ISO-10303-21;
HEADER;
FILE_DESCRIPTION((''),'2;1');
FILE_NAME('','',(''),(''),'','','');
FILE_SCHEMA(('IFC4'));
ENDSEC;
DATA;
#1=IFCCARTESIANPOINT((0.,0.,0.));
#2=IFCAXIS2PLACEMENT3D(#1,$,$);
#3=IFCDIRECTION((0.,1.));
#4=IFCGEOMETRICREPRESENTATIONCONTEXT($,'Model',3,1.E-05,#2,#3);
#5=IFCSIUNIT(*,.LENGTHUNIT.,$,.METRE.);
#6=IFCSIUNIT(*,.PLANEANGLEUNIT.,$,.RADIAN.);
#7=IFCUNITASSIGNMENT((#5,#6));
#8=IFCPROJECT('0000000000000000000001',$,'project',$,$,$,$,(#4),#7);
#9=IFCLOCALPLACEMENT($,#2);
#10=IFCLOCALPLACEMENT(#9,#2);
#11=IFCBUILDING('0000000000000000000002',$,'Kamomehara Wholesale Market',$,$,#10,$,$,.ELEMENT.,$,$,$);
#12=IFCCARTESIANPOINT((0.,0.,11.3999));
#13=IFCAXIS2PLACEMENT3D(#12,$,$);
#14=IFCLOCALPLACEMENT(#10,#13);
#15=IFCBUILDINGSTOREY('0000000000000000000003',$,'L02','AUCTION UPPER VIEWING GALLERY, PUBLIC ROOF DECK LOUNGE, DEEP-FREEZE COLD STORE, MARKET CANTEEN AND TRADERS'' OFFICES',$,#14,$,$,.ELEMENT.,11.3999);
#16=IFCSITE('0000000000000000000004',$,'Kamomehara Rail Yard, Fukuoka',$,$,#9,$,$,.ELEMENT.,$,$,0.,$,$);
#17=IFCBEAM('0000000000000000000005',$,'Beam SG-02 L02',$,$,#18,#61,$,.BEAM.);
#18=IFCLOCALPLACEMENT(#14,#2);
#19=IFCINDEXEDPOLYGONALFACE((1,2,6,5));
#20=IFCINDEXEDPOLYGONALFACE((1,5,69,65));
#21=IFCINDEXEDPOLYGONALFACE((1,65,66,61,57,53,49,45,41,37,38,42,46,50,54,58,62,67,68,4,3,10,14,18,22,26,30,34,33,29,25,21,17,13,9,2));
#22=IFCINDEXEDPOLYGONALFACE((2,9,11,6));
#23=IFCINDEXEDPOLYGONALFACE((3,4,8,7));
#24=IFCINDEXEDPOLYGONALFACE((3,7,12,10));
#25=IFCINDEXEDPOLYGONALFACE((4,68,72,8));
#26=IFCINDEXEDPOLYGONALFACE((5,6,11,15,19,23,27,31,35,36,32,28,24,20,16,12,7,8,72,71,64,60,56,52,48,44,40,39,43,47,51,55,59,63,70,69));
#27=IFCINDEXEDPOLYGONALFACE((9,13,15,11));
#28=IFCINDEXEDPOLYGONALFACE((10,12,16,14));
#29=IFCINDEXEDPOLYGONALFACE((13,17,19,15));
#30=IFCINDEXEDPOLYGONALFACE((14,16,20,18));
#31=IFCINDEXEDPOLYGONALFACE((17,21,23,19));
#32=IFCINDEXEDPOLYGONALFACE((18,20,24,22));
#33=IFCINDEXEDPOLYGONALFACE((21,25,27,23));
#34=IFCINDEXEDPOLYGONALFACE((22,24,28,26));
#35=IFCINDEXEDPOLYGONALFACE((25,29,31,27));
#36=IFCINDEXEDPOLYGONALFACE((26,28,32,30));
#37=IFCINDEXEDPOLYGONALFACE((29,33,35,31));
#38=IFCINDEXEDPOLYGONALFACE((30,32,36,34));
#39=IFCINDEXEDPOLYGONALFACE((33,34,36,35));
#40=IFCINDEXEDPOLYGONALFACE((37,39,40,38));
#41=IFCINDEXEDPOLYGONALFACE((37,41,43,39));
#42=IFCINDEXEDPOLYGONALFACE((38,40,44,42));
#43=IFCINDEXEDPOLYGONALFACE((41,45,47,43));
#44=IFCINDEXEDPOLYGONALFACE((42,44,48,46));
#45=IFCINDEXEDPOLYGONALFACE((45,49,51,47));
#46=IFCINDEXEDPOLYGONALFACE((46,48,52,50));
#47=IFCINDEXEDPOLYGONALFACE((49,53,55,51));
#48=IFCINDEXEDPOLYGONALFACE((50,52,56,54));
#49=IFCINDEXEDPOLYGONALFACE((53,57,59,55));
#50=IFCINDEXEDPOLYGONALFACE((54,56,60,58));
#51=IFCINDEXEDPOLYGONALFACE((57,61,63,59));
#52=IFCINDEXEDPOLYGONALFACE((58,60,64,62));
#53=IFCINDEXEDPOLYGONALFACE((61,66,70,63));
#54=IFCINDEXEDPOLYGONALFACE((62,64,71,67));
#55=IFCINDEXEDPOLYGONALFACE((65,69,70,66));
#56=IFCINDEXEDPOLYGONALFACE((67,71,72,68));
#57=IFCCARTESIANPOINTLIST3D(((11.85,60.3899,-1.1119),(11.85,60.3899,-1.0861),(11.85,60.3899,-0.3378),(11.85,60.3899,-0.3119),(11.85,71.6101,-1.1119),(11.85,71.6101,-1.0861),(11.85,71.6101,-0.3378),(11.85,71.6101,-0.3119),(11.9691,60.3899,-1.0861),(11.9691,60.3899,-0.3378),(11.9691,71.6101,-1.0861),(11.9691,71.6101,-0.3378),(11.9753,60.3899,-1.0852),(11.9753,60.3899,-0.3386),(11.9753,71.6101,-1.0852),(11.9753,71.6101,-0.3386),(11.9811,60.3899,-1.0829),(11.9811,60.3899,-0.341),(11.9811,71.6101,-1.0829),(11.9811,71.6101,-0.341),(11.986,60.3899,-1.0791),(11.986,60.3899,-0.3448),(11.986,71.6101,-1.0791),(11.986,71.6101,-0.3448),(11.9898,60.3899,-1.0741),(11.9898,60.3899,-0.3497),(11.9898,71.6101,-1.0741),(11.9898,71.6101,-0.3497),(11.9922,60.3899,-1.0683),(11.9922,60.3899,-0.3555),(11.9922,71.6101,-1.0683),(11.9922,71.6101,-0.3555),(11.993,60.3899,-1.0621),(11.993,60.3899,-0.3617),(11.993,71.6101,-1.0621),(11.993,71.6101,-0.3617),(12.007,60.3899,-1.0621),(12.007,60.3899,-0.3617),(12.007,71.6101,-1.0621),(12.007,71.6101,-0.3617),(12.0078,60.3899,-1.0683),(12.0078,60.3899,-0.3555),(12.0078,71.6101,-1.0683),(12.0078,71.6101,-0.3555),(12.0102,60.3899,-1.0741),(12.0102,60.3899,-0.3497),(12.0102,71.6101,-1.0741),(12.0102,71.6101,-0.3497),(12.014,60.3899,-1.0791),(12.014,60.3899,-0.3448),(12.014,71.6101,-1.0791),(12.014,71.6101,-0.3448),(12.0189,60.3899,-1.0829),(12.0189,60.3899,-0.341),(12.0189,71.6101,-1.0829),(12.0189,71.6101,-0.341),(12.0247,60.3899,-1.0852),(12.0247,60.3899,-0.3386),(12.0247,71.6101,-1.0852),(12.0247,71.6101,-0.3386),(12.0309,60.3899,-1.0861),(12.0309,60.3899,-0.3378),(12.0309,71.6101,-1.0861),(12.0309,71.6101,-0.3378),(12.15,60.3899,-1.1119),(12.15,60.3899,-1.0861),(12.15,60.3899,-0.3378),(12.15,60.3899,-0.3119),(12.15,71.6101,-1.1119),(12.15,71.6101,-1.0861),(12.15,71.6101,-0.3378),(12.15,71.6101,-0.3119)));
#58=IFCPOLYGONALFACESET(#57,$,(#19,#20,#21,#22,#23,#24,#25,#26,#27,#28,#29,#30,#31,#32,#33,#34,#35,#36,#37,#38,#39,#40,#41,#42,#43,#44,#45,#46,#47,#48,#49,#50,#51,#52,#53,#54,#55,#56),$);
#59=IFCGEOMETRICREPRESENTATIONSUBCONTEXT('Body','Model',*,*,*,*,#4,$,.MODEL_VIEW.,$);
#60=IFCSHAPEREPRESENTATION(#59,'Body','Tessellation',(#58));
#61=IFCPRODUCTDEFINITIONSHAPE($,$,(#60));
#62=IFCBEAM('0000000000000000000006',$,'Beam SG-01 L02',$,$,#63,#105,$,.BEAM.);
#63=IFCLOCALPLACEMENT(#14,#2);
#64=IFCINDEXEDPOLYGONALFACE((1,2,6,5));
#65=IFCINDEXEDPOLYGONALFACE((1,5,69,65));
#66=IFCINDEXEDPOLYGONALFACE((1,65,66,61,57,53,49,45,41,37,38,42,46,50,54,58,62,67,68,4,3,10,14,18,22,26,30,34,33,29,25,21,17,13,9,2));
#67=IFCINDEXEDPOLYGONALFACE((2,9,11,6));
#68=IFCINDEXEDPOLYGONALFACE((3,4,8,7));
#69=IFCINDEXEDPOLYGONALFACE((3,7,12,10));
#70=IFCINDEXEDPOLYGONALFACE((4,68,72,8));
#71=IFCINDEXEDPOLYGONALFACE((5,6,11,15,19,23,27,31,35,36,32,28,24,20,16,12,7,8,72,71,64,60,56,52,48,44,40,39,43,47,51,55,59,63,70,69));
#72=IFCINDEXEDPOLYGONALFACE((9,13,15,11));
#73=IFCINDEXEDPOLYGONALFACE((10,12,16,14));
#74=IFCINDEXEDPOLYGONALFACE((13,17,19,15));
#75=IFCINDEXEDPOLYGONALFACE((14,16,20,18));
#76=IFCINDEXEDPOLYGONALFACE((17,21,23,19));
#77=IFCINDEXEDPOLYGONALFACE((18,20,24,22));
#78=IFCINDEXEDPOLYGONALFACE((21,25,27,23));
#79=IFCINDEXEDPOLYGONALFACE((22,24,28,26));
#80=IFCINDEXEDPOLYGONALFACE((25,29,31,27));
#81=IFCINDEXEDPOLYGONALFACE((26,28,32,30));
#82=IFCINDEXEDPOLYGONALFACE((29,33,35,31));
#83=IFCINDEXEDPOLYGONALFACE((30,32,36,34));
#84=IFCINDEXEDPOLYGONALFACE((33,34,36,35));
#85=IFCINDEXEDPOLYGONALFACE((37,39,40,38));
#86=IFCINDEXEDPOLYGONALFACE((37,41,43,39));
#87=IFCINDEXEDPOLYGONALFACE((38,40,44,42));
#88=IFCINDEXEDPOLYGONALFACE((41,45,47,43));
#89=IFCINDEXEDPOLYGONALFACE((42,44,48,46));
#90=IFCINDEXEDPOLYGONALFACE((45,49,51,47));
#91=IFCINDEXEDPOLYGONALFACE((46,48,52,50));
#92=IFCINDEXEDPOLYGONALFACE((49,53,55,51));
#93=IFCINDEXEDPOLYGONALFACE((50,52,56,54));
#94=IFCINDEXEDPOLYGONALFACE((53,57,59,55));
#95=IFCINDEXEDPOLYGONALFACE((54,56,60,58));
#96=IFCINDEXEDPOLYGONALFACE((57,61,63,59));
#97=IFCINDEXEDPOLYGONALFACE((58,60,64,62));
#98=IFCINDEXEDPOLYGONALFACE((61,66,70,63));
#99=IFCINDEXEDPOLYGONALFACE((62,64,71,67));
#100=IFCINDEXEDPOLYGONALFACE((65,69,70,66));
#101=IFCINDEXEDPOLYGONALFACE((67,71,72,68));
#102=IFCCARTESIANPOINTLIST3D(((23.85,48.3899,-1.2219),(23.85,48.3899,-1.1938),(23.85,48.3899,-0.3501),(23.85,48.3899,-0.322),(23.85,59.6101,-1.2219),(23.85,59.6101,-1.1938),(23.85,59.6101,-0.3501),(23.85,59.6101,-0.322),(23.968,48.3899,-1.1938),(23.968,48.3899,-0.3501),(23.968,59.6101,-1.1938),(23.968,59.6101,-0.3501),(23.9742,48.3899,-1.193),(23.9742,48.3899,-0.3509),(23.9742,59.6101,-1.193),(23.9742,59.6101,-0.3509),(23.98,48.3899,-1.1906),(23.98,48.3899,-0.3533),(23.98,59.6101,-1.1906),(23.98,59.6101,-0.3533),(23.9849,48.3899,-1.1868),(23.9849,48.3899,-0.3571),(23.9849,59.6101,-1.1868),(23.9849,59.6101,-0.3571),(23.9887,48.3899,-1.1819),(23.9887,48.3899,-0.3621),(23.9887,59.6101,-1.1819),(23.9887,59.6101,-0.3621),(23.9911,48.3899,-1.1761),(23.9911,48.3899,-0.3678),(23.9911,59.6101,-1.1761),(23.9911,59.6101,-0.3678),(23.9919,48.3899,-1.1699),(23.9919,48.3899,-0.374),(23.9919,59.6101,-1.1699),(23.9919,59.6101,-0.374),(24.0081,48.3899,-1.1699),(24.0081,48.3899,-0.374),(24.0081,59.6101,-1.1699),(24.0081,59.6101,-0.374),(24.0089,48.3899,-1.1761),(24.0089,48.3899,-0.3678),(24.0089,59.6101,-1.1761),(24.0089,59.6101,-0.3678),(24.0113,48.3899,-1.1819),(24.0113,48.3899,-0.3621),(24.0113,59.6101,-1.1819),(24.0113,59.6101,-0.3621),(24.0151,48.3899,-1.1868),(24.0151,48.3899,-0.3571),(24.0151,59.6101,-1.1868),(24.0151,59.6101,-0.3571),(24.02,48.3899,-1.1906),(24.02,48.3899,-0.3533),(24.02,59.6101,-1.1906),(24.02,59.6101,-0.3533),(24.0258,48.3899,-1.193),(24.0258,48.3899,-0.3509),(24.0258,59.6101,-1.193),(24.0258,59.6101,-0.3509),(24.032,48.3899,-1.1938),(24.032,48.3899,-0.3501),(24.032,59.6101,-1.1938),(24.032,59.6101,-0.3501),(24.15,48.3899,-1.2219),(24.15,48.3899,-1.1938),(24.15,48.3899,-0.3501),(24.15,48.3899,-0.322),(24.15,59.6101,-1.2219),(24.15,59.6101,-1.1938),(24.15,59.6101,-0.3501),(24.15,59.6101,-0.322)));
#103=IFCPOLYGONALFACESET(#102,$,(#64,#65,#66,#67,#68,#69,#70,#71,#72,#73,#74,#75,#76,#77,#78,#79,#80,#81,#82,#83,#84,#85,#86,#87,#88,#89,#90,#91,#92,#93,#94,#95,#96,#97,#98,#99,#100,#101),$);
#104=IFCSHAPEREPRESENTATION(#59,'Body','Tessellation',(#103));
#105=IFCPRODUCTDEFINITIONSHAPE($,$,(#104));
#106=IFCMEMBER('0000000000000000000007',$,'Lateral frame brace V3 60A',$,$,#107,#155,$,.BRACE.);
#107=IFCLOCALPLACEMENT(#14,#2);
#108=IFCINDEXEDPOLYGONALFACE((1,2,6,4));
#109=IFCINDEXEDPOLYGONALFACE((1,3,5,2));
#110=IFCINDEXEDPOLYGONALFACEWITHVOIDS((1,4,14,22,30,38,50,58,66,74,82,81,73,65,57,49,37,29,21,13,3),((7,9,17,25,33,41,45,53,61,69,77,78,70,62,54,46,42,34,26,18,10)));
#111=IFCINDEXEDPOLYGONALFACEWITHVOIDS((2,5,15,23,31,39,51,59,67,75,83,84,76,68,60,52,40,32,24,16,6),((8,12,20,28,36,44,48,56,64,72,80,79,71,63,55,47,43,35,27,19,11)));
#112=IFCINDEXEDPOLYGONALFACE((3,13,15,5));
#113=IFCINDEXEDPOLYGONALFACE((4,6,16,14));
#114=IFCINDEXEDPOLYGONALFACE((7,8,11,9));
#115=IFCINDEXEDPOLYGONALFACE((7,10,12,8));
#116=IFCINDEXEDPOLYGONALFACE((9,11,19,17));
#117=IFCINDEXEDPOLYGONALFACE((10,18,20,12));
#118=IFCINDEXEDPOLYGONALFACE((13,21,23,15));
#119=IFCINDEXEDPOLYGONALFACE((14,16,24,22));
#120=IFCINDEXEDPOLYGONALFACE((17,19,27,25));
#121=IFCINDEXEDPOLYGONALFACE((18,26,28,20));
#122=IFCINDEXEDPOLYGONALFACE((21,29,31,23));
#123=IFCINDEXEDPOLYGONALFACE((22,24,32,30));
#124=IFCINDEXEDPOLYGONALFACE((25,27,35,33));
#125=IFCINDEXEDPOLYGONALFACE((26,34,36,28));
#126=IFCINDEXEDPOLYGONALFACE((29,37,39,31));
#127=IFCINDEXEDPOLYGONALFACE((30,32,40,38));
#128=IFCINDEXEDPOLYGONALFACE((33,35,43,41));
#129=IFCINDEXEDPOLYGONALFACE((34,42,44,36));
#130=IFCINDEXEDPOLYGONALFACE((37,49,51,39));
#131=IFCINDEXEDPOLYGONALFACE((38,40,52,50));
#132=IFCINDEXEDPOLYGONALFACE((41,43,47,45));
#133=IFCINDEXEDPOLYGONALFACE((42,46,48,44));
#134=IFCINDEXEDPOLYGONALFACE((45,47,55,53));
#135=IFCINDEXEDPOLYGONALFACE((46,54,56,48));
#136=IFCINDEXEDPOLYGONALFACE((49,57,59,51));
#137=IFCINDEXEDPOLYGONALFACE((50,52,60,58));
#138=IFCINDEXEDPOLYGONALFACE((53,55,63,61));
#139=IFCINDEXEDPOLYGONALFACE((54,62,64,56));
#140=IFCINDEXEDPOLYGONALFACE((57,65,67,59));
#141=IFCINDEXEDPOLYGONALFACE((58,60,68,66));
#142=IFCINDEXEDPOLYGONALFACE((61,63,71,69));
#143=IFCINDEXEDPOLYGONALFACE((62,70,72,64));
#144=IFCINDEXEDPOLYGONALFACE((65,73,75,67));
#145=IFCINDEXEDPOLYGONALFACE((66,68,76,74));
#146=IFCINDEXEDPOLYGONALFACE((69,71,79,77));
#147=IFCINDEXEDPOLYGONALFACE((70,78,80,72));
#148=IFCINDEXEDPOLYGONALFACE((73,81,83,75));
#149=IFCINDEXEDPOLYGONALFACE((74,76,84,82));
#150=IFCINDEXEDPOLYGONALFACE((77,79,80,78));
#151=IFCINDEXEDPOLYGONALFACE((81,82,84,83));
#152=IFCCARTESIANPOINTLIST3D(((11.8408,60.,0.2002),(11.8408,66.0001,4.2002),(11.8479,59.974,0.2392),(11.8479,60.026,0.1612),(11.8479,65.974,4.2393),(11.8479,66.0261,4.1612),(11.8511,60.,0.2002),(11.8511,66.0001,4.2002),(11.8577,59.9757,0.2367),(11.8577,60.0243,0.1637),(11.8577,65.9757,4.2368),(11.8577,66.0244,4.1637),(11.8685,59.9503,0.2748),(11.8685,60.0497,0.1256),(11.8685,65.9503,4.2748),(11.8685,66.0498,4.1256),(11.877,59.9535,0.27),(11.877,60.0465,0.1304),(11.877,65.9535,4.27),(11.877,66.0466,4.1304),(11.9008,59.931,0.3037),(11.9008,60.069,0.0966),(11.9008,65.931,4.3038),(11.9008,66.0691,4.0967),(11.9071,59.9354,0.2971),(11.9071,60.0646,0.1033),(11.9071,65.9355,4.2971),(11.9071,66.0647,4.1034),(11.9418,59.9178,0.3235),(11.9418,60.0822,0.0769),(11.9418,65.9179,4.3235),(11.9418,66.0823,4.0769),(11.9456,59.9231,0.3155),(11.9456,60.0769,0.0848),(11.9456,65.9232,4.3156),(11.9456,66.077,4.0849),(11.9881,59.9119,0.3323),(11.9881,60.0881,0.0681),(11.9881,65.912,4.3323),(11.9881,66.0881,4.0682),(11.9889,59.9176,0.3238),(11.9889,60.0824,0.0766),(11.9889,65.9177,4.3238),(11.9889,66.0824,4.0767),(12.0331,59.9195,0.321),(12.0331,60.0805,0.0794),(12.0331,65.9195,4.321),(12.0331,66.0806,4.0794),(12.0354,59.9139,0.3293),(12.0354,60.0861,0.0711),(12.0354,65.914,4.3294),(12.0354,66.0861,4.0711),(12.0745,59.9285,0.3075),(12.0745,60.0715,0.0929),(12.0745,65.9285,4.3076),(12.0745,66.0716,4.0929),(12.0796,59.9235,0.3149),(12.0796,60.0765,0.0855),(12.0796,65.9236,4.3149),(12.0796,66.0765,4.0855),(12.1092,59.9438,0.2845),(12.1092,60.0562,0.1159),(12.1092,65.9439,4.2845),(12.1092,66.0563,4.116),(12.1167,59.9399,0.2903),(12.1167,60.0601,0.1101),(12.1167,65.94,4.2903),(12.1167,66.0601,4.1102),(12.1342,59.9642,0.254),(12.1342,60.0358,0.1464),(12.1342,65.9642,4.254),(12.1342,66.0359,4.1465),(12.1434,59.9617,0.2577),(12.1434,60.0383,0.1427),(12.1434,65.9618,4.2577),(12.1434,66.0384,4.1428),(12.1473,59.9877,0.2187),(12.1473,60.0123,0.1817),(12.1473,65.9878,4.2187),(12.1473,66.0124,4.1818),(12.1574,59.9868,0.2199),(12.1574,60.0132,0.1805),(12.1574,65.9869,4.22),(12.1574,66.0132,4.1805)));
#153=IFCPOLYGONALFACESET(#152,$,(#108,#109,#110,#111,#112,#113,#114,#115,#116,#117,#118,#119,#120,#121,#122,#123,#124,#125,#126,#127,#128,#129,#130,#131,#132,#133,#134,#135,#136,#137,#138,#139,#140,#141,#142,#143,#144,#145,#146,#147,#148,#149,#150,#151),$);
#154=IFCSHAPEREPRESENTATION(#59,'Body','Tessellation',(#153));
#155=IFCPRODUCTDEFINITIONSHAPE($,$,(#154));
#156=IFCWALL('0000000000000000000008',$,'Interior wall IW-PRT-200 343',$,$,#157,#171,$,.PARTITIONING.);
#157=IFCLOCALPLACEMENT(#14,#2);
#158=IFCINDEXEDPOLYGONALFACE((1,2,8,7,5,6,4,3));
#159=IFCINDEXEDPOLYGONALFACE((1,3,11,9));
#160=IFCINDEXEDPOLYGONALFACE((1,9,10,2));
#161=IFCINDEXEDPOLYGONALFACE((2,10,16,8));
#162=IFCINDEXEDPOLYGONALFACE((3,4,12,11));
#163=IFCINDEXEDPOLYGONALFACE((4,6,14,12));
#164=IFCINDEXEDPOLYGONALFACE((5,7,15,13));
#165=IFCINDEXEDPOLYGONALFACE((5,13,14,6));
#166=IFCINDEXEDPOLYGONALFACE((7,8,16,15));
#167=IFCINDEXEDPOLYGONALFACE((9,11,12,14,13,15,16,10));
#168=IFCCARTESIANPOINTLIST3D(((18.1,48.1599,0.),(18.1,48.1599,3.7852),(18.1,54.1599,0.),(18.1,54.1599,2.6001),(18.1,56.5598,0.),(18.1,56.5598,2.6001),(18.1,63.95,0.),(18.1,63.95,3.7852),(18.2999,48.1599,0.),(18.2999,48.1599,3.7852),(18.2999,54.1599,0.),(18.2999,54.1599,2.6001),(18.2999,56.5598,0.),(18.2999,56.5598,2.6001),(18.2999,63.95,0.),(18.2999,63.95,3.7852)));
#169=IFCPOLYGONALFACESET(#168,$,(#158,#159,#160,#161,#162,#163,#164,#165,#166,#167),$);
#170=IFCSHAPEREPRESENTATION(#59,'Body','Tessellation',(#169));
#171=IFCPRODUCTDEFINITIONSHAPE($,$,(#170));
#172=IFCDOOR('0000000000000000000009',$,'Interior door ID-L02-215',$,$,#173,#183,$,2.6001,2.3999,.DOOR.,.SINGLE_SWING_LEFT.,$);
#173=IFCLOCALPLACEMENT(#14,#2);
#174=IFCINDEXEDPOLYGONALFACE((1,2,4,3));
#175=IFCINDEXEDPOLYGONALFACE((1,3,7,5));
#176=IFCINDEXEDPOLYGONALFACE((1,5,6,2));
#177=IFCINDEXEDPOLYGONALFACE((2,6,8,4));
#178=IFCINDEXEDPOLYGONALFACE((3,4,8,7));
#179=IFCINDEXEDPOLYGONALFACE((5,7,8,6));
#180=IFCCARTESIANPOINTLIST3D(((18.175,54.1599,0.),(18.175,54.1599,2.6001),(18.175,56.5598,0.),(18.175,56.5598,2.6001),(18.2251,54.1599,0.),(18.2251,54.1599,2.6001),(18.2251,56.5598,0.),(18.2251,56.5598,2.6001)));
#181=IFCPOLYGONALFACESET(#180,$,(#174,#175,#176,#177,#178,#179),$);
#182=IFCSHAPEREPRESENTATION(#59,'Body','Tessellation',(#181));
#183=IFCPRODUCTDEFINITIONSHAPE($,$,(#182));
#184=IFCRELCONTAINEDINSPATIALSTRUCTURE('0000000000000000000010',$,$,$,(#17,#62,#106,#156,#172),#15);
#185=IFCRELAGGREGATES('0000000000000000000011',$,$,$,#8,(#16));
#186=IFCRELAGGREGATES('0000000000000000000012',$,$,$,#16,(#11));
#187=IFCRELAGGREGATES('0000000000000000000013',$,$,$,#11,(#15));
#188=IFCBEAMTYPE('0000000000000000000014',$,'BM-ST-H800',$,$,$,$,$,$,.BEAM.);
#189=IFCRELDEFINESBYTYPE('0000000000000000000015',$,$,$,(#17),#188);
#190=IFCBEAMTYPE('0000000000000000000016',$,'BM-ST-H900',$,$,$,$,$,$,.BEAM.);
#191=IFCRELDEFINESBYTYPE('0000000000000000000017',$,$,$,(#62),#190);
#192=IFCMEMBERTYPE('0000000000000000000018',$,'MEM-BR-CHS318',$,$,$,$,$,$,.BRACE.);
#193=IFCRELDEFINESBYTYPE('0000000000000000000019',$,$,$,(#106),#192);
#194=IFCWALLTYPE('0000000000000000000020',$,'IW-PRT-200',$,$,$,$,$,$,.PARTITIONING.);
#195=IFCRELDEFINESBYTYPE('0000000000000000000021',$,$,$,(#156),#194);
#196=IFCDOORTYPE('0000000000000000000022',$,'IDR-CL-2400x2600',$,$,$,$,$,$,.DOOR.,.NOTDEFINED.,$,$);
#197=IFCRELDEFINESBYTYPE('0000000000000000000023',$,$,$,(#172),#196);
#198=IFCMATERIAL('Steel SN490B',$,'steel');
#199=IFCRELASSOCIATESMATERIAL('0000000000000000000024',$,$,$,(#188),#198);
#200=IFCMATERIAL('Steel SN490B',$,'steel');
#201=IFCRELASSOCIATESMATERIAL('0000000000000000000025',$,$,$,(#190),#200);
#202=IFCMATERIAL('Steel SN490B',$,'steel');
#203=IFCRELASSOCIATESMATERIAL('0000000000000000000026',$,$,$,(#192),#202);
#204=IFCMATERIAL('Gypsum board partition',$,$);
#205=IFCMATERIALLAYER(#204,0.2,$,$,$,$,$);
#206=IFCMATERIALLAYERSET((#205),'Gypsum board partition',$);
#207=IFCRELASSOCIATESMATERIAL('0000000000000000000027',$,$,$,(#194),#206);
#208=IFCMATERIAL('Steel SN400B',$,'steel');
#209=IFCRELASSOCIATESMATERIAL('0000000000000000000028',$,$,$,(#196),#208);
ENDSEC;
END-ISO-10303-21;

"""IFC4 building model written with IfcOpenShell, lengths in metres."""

from ifc_helpers import new_model, si_unit, direction, frame, frame_2d, origin, origin_2d, place, context, subcontext, project, spatial, rectangle, hollow_circle, i_section, extrude, material, layer, layer_set, material_profile, profile_set, type_object, element, fill, save


model = new_model("IFC4")

# Units and contexts
model_context = context("Model", 3, precision=1e-05, world=origin(), true_north=direction((0.0, 1.0)))
body_context = subcontext(model_context, "Body", "Model", "MODEL_VIEW")
ifc_project = project(units=[si_unit("LENGTHUNIT", "METRE"), si_unit("PLANEANGLEUNIT", "RADIAN")], contexts=[model_context])

# Site, building, storey
site_placement = place(None, origin())
site = spatial("IfcSite", under=ifc_project, at=site_placement, Name="Kamomehara Rail Yard, Fukuoka", CompositionType="ELEMENT", RefElevation=0.0)
building_placement = place(site_placement, origin())
building = spatial("IfcBuilding", under=site, at=building_placement, Name="Kamomehara Wholesale Market", CompositionType="ELEMENT")
storey_placement = place(building_placement, frame((0.0, 0.0, 11.3999)))
storey = spatial("IfcBuildingStorey", under=building, at=storey_placement, Name="L02", Description="AUCTION UPPER VIEWING GALLERY, PUBLIC ROOF DECK LOUNGE, DEEP-FREEZE COLD STORE, MARKET CANTEEN AND TRADERS' OFFICES", CompositionType="ELEMENT", Elevation=11.3999)

# Beams
ifc_material_1 = material(Name="Steel SN490B", Category="steel")
ifc_material_profile_1 = material_profile(ifc_material_1, i_section(OverallWidth=0.3, OverallDepth=0.8, WebThickness=0.0139, FlangeThickness=0.0259, FilletRadius=0.0239, at=origin_2d()), Name="H-800x300x14x26")
ifc_profile_set_1 = profile_set([ifc_material_profile_1], Name="Steel SN490B")
beam_type_1 = type_object("IfcBeamType", Name="BM-ST-H800", PredefinedType="BEAM", material=ifc_profile_set_1)
beam_1_placement = place(storey_placement, frame((12.0, 60.3899, -0.7119), z_axis=(0.0, 1.0, 0.0), x_axis=(-1.0, 0.0, 0.0)))
element("IfcBeam", 1, at=beam_1_placement, inside=storey, type_object=beam_type_1, Name="Beam SG-02 L02", PredefinedType="BEAM", context=body_context, shape_type="SweptSolid", body=[
    extrude(i_section(OverallWidth=0.3, OverallDepth=0.8, WebThickness=0.0139, FlangeThickness=0.0259, FilletRadius=0.0239, at=origin_2d()), origin(), (0.0, 0.0, 1.0), 11.2202),
])
ifc_material_2 = material(Name="Steel SN490B", Category="steel")
ifc_material_profile_2 = material_profile(ifc_material_2, i_section(OverallWidth=0.3, OverallDepth=0.8999, WebThickness=0.0161, FlangeThickness=0.0281, FilletRadius=0.0239, at=origin_2d()), Name="H-900x300x16x28")
ifc_profile_set_2 = profile_set([ifc_material_profile_2], Name="Steel SN490B")
beam_type_2 = type_object("IfcBeamType", Name="BM-ST-H900", PredefinedType="BEAM", material=ifc_profile_set_2)
beam_2_placement = place(storey_placement, frame((24.0, 48.3899, -0.772), z_axis=(0.0, 1.0, 0.0), x_axis=(-1.0, 0.0, 0.0)))
element("IfcBeam", 2, at=beam_2_placement, inside=storey, type_object=beam_type_2, Name="Beam SG-01 L02", PredefinedType="BEAM", context=body_context, shape_type="SweptSolid", body=[
    extrude(i_section(OverallWidth=0.3, OverallDepth=0.8999, WebThickness=0.0161, FlangeThickness=0.0281, FilletRadius=0.0239, at=origin_2d()), origin(), (0.0, 0.0, 1.0), 11.2202),
])

# Member
ifc_material_3 = material(Name="Steel SN490B", Category="steel")
ifc_material_profile_3 = material_profile(ifc_material_3, hollow_circle(Radius=0.1592, WallThickness=0.0103, at=origin_2d()), Name="CHS-318.5x10.3")
ifc_profile_set_3 = profile_set([ifc_material_profile_3], Name="Steel SN490B")
member_type = type_object("IfcMemberType", Name="MEM-BR-CHS318", PredefinedType="BRACE", material=ifc_profile_set_3)
member_placement = place(storey_placement, frame((12.0, 60.0, 0.2002), z_axis=(0.0, 0.83205, 0.5547), x_axis=(-1.0, 0.0, 0.0)))
element("IfcMember", 3, at=member_placement, inside=storey, type_object=member_type, Name="Lateral frame brace V3 60A", PredefinedType="BRACE", context=body_context, shape_type="SweptSolid", body=[
    extrude(hollow_circle(Radius=0.1592, WallThickness=0.0103, at=origin_2d()), origin(), (0.0, 0.0, 1.0), 7.2112),
])

# Wall, opening, door
ifc_material_4 = material(Name="Gypsum board partition")
ifc_layer = layer(ifc_material_4, 0.2)
ifc_layer_set = layer_set([ifc_layer], Name="Gypsum board partition")
wall_type = type_object("IfcWallType", Name="IW-PRT-200", PredefinedType="PARTITIONING", material=ifc_layer_set)
wall_1_placement = place(storey_placement, frame((18.2, 48.1599, 0.0), z_axis=(0.0, 0.0, 1.0), x_axis=(0.0, 1.0, 0.0)))
wall_1 = element("IfcWall", 4, at=wall_1_placement, inside=storey, type_object=wall_type, Name="Interior wall IW-PRT-200 343", PredefinedType="PARTITIONING", context=body_context, shape_type="SweptSolid", body=[
    extrude(rectangle(XDim=15.79, YDim=0.2, at=frame_2d((7.895, 0.0))), origin(), (0.0, 0.0, 1.0), 3.7852),
])
opening_1_placement = place(wall_1_placement, frame((6.0, 0.0, 0.0)))
opening_1 = element("IfcOpeningElement", 5, at=opening_1_placement, cuts=wall_1, PredefinedType="OPENING", context=body_context, shape_type="SweptSolid", body=[
    extrude(rectangle(XDim=2.3999, YDim=2.6001, at=frame_2d((1.2, 1.3))), frame((0.0, 0.1147, 0.0), z_axis=(0.0, -1.0, 0.0), x_axis=(1.0, 0.0, 0.0)), (0.0, 0.0, 1.0), 0.2297),
])
ifc_material_5 = material(Name="Steel SN400B", Category="steel")
door_type_1 = type_object("IfcDoorType", Name="IDR-CL-2400x2600", OperationType="NOTDEFINED", PredefinedType="DOOR", material=ifc_material_5)
door_1_placement = place(opening_1_placement, origin())
door_1 = element("IfcDoor", 6, at=door_1_placement, inside=storey, type_object=door_type_1, Name="Interior door ID-L02-215", OperationType="SINGLE_SWING_LEFT", OverallHeight=2.6001, OverallWidth=2.3999, PredefinedType="DOOR", context=body_context, shape_type="SweptSolid", body=[
    extrude(rectangle(XDim=2.3999, YDim=2.6001, at=frame_2d((1.2, 1.3))), frame((0.0, 0.0249, 0.0), z_axis=(0.0, -1.0, 0.0), x_axis=(1.0, 0.0, 0.0)), (0.0, 0.0, 1.0), 0.05),
])
fill(opening_1, door_1)

save(model, "model.ifc")
